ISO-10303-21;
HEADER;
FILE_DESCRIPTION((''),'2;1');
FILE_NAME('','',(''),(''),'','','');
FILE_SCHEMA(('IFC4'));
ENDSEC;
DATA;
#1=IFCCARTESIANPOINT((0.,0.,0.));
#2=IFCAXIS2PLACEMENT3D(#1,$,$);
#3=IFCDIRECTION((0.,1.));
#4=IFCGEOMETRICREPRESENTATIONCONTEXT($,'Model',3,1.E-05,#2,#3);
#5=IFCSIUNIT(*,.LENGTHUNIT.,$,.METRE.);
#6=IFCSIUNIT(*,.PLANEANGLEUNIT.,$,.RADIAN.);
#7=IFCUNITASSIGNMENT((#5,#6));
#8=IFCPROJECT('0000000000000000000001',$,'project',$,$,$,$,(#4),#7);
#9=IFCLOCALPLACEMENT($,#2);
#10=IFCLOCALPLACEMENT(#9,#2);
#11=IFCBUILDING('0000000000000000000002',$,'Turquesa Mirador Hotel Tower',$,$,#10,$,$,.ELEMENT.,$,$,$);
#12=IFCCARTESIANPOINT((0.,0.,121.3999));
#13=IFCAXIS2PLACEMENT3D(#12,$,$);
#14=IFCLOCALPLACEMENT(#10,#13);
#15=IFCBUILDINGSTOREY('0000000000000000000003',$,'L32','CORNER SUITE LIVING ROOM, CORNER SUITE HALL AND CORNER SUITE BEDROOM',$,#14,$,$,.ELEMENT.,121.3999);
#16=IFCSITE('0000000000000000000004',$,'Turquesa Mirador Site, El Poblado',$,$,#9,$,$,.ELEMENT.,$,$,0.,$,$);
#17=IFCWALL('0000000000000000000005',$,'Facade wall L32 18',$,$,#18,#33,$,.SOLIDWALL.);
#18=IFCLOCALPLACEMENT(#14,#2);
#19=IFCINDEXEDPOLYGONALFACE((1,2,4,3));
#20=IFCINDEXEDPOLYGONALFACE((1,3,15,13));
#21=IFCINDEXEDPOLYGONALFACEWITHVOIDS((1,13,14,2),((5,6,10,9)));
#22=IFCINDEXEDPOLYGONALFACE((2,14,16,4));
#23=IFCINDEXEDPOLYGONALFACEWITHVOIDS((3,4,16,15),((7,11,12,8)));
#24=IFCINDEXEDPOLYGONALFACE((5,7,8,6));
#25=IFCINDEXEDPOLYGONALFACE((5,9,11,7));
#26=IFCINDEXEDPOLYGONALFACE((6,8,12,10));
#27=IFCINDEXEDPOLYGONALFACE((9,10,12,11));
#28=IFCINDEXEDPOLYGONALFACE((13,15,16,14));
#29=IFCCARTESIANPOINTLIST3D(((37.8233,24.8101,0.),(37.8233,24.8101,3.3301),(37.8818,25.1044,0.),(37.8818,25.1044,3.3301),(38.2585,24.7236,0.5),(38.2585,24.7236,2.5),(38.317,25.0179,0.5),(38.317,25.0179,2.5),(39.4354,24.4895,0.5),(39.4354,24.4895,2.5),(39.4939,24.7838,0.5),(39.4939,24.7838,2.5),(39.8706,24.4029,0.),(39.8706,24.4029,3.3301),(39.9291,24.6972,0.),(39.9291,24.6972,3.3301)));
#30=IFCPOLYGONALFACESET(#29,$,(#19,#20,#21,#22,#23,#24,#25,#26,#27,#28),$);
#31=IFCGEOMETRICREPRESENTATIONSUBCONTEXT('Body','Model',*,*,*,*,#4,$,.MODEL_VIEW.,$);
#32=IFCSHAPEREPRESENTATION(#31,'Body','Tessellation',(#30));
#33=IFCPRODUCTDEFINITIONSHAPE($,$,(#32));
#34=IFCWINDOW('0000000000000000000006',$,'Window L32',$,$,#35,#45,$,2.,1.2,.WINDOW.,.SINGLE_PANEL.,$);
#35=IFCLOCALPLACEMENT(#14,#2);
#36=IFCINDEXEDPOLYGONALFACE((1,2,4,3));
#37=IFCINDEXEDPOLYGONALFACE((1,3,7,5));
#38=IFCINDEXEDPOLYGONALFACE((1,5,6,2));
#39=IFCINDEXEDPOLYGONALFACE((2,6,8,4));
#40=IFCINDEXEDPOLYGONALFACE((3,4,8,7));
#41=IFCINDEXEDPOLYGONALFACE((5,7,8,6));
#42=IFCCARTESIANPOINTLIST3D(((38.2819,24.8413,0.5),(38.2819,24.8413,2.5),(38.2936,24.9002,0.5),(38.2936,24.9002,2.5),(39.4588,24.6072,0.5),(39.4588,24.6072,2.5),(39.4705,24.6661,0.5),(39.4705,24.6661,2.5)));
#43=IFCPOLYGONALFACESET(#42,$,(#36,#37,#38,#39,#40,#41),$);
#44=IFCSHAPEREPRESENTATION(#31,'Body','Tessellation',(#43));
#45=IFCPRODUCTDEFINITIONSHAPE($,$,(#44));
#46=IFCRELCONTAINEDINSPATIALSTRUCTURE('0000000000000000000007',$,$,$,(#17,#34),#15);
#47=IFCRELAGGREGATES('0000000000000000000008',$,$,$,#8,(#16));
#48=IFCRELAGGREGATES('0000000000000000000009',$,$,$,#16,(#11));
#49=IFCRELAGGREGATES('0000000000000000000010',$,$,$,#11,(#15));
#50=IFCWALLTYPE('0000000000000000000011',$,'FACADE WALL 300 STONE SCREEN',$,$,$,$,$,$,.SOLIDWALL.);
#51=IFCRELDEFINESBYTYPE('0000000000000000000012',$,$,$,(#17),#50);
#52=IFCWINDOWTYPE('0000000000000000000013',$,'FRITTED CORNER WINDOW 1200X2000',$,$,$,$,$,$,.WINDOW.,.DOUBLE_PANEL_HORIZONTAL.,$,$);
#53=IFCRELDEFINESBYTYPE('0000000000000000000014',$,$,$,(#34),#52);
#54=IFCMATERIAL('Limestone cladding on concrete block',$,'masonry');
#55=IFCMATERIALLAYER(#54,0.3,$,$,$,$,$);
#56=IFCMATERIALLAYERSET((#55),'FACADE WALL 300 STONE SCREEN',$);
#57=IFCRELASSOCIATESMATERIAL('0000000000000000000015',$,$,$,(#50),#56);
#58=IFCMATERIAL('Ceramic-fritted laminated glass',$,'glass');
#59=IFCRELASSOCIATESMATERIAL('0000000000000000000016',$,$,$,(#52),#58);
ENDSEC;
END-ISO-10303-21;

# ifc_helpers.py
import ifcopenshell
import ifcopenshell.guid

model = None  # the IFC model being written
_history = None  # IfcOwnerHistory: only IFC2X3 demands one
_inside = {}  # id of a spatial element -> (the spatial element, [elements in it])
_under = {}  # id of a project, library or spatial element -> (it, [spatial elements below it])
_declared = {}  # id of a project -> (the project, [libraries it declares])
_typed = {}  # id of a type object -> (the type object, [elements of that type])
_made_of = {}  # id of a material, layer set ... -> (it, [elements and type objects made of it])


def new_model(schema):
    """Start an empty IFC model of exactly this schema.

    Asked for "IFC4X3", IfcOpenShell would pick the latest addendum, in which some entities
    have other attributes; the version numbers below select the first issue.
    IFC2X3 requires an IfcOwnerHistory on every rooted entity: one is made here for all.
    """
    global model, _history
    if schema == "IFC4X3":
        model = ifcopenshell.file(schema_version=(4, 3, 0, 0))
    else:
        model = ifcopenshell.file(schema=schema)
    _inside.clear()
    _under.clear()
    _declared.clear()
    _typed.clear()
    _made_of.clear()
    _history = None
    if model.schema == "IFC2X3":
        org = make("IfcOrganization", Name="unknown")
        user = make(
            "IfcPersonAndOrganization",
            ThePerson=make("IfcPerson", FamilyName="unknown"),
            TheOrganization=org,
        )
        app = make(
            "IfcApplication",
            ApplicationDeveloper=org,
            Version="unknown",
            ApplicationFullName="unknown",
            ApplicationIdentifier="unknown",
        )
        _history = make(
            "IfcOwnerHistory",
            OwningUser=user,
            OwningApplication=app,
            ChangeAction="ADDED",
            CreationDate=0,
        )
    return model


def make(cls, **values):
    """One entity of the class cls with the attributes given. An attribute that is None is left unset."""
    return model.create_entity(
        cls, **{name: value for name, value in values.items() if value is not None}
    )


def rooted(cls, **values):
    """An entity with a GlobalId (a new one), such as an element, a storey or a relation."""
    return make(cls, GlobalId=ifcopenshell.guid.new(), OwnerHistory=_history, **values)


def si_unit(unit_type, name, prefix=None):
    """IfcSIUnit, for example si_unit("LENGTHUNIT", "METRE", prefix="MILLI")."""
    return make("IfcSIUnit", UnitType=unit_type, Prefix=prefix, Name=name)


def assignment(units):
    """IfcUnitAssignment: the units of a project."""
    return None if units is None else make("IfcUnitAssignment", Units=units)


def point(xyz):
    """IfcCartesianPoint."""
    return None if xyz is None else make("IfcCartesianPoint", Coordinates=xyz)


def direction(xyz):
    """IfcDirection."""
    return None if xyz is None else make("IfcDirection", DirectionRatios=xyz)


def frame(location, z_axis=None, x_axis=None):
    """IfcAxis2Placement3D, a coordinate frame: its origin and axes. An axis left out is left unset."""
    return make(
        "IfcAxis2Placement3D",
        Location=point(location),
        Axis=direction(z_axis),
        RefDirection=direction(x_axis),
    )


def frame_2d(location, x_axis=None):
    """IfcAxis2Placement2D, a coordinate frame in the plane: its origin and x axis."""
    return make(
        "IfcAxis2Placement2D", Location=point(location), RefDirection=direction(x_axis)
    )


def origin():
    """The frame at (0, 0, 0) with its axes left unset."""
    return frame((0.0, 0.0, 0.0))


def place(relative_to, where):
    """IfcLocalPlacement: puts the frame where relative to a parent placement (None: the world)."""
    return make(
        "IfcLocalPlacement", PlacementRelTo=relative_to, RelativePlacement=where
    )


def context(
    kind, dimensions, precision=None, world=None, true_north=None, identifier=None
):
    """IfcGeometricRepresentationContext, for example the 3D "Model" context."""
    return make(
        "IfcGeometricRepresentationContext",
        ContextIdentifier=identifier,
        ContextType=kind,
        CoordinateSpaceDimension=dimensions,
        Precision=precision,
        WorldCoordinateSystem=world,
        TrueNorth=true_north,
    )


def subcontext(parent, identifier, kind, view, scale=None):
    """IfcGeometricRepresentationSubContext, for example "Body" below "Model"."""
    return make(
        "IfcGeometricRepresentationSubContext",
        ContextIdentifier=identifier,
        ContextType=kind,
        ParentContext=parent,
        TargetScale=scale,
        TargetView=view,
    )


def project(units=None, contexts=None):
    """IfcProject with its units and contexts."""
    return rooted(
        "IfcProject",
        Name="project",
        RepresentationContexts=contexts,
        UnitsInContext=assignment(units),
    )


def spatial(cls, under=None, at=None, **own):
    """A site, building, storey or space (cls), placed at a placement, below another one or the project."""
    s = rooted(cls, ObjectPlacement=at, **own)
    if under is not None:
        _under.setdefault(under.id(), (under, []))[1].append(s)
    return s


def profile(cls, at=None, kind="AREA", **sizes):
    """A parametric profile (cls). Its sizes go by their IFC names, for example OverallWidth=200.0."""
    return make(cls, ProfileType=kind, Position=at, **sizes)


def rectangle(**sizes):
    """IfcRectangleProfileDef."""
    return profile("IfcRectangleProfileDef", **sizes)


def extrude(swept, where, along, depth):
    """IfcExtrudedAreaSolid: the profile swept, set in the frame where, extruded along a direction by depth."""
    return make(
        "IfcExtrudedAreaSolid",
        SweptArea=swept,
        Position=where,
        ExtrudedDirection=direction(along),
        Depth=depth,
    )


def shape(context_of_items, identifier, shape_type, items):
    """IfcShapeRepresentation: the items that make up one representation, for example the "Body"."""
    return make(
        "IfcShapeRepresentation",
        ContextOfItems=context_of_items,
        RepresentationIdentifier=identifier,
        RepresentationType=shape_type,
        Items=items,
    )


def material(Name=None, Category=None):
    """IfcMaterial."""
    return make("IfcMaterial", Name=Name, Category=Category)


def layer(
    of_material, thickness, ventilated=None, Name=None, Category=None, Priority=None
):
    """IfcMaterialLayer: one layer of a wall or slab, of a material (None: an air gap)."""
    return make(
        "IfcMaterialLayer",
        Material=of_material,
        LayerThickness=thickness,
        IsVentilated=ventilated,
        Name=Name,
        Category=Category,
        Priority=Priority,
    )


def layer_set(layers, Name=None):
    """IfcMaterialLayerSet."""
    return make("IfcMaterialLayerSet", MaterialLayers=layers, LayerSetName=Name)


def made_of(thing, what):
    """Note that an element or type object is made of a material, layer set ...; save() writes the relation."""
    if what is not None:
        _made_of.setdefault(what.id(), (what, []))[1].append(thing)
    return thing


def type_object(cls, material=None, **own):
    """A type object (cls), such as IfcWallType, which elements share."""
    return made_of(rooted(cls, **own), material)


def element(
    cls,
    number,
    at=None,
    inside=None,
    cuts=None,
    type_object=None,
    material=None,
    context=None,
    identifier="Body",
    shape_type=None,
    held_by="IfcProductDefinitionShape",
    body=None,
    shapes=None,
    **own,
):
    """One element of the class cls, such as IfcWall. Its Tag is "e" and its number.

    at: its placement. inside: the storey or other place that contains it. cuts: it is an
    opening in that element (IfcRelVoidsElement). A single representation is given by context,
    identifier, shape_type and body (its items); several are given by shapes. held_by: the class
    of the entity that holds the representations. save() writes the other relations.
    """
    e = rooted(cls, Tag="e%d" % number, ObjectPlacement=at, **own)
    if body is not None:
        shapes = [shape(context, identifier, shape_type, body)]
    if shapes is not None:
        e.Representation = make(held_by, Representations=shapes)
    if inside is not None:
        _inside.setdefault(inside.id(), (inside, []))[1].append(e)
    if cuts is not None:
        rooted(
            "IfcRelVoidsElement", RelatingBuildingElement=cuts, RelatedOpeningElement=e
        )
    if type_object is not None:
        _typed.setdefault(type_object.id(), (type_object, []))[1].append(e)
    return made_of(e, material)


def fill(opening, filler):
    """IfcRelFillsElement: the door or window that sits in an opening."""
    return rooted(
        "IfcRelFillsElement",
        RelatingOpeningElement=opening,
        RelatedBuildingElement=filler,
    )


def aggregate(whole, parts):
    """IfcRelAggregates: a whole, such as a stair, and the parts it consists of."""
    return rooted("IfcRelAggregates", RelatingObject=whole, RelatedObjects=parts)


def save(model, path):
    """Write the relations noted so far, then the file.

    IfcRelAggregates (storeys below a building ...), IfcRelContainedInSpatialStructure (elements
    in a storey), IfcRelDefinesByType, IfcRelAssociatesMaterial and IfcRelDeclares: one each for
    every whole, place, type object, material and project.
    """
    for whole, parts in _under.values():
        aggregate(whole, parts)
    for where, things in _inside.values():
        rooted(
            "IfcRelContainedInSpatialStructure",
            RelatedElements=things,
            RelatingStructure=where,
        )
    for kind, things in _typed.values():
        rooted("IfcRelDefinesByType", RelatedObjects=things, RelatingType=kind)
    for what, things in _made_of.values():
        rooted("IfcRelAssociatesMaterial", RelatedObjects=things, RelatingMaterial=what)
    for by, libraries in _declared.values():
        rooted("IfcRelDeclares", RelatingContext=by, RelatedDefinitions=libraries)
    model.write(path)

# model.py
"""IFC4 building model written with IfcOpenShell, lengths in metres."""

from ifc_helpers import new_model, si_unit, direction, frame, frame_2d, origin, place, context, subcontext, project, spatial, rectangle, extrude, material, layer, layer_set, type_object, element, fill, save


model = new_model("IFC4")

# Units and contexts
model_context = context("Model", 3, precision=1e-05, world=origin(), true_north=direction((0.0, 1.0)))
body_context = subcontext(model_context, "Body", "Model", "MODEL_VIEW")
ifc_project = project(units=[si_unit("LENGTHUNIT", "METRE"), si_unit("PLANEANGLEUNIT", "RADIAN")], contexts=[model_context])

# Site, building, storey
site_placement = place(None, origin())
site = spatial("IfcSite", under=ifc_project, at=site_placement, Name="Turquesa Mirador Site, El Poblado", CompositionType="ELEMENT", RefElevation=0.0)
building_placement = place(site_placement, origin())
building = spatial("IfcBuilding", under=site, at=building_placement, Name="Turquesa Mirador Hotel Tower", CompositionType="ELEMENT")
storey_placement = place(building_placement, frame((0.0, 0.0, 121.3999)))
storey = spatial("IfcBuildingStorey", under=building, at=storey_placement, Name="L32", Description="CORNER SUITE LIVING ROOM, CORNER SUITE HALL AND CORNER SUITE BEDROOM", CompositionType="ELEMENT", Elevation=121.3999)

# Wall, opening, window
ifc_material_1 = material(Name="Limestone cladding on concrete block", Category="masonry")
ifc_layer_1 = layer(ifc_material_1, 0.3)
ifc_layer_set_1 = layer_set([ifc_layer_1], Name="FACADE WALL 300 STONE SCREEN")
wall_type_1 = type_object("IfcWallType", Name="FACADE WALL 300 STONE SCREEN", PredefinedType="SOLIDWALL", material=ifc_layer_set_1)
ifc_material_2 = material(Name="Ceramic-fritted laminated glass", Category="glass")
window_type_1 = type_object("IfcWindowType", Name="FRITTED CORNER WINDOW 1200X2000", PartitioningType="DOUBLE_PANEL_HORIZONTAL", PredefinedType="WINDOW", material=ifc_material_2)
wall_1_placement = place(storey_placement, frame((37.8525, 24.9573, 0.0), z_axis=(0.0, 0.0, 1.0), x_axis=(0.980787, -0.195081, 0.0)))
wall_1 = element("IfcWall", 1, at=wall_1_placement, inside=storey, type_object=wall_type_1, Name="Facade wall L32 18", PredefinedType="SOLIDWALL", context=body_context, shape_type="SweptSolid", body=[
    extrude(rectangle(XDim=2.0874, YDim=0.3, at=frame_2d((1.0437, 0.0))), origin(), (0.0, 0.0, 1.0), 3.3301),
])
opening_1_placement = place(wall_1_placement, frame((0.4436, 0.0, 0.5)))
opening_1 = element("IfcOpeningElement", 2, at=opening_1_placement, cuts=wall_1, PredefinedType="OPENING", context=body_context, shape_type="SweptSolid", body=[
    extrude(rectangle(XDim=1.2, YDim=2.0, at=frame_2d((0.6001, 1.0))), frame((0.0, 0.1599, 0.0), z_axis=(0.0, -1.0, 0.0), x_axis=(1.0, 0.0, 0.0)), (0.0, 0.0, 1.0), 0.3201),
])
window_1_placement = place(opening_1_placement, origin())
window_1 = element("IfcWindow", 3, at=window_1_placement, inside=storey, type_object=window_type_1, Name="Window L32", OverallHeight=2.0, OverallWidth=1.2, PartitioningType="SINGLE_PANEL", PredefinedType="WINDOW", context=body_context, shape_type="SweptSolid", body=[
    extrude(rectangle(XDim=1.2, YDim=2.0, at=frame_2d((0.6001, 1.0))), frame((0.0, 0.03, 0.0), z_axis=(0.0, -1.0, 0.0), x_axis=(1.0, 0.0, 0.0)), (0.0, 0.0, 1.0), 0.0601),
])
fill(opening_1, window_1)

save(model, "model.ifc")
